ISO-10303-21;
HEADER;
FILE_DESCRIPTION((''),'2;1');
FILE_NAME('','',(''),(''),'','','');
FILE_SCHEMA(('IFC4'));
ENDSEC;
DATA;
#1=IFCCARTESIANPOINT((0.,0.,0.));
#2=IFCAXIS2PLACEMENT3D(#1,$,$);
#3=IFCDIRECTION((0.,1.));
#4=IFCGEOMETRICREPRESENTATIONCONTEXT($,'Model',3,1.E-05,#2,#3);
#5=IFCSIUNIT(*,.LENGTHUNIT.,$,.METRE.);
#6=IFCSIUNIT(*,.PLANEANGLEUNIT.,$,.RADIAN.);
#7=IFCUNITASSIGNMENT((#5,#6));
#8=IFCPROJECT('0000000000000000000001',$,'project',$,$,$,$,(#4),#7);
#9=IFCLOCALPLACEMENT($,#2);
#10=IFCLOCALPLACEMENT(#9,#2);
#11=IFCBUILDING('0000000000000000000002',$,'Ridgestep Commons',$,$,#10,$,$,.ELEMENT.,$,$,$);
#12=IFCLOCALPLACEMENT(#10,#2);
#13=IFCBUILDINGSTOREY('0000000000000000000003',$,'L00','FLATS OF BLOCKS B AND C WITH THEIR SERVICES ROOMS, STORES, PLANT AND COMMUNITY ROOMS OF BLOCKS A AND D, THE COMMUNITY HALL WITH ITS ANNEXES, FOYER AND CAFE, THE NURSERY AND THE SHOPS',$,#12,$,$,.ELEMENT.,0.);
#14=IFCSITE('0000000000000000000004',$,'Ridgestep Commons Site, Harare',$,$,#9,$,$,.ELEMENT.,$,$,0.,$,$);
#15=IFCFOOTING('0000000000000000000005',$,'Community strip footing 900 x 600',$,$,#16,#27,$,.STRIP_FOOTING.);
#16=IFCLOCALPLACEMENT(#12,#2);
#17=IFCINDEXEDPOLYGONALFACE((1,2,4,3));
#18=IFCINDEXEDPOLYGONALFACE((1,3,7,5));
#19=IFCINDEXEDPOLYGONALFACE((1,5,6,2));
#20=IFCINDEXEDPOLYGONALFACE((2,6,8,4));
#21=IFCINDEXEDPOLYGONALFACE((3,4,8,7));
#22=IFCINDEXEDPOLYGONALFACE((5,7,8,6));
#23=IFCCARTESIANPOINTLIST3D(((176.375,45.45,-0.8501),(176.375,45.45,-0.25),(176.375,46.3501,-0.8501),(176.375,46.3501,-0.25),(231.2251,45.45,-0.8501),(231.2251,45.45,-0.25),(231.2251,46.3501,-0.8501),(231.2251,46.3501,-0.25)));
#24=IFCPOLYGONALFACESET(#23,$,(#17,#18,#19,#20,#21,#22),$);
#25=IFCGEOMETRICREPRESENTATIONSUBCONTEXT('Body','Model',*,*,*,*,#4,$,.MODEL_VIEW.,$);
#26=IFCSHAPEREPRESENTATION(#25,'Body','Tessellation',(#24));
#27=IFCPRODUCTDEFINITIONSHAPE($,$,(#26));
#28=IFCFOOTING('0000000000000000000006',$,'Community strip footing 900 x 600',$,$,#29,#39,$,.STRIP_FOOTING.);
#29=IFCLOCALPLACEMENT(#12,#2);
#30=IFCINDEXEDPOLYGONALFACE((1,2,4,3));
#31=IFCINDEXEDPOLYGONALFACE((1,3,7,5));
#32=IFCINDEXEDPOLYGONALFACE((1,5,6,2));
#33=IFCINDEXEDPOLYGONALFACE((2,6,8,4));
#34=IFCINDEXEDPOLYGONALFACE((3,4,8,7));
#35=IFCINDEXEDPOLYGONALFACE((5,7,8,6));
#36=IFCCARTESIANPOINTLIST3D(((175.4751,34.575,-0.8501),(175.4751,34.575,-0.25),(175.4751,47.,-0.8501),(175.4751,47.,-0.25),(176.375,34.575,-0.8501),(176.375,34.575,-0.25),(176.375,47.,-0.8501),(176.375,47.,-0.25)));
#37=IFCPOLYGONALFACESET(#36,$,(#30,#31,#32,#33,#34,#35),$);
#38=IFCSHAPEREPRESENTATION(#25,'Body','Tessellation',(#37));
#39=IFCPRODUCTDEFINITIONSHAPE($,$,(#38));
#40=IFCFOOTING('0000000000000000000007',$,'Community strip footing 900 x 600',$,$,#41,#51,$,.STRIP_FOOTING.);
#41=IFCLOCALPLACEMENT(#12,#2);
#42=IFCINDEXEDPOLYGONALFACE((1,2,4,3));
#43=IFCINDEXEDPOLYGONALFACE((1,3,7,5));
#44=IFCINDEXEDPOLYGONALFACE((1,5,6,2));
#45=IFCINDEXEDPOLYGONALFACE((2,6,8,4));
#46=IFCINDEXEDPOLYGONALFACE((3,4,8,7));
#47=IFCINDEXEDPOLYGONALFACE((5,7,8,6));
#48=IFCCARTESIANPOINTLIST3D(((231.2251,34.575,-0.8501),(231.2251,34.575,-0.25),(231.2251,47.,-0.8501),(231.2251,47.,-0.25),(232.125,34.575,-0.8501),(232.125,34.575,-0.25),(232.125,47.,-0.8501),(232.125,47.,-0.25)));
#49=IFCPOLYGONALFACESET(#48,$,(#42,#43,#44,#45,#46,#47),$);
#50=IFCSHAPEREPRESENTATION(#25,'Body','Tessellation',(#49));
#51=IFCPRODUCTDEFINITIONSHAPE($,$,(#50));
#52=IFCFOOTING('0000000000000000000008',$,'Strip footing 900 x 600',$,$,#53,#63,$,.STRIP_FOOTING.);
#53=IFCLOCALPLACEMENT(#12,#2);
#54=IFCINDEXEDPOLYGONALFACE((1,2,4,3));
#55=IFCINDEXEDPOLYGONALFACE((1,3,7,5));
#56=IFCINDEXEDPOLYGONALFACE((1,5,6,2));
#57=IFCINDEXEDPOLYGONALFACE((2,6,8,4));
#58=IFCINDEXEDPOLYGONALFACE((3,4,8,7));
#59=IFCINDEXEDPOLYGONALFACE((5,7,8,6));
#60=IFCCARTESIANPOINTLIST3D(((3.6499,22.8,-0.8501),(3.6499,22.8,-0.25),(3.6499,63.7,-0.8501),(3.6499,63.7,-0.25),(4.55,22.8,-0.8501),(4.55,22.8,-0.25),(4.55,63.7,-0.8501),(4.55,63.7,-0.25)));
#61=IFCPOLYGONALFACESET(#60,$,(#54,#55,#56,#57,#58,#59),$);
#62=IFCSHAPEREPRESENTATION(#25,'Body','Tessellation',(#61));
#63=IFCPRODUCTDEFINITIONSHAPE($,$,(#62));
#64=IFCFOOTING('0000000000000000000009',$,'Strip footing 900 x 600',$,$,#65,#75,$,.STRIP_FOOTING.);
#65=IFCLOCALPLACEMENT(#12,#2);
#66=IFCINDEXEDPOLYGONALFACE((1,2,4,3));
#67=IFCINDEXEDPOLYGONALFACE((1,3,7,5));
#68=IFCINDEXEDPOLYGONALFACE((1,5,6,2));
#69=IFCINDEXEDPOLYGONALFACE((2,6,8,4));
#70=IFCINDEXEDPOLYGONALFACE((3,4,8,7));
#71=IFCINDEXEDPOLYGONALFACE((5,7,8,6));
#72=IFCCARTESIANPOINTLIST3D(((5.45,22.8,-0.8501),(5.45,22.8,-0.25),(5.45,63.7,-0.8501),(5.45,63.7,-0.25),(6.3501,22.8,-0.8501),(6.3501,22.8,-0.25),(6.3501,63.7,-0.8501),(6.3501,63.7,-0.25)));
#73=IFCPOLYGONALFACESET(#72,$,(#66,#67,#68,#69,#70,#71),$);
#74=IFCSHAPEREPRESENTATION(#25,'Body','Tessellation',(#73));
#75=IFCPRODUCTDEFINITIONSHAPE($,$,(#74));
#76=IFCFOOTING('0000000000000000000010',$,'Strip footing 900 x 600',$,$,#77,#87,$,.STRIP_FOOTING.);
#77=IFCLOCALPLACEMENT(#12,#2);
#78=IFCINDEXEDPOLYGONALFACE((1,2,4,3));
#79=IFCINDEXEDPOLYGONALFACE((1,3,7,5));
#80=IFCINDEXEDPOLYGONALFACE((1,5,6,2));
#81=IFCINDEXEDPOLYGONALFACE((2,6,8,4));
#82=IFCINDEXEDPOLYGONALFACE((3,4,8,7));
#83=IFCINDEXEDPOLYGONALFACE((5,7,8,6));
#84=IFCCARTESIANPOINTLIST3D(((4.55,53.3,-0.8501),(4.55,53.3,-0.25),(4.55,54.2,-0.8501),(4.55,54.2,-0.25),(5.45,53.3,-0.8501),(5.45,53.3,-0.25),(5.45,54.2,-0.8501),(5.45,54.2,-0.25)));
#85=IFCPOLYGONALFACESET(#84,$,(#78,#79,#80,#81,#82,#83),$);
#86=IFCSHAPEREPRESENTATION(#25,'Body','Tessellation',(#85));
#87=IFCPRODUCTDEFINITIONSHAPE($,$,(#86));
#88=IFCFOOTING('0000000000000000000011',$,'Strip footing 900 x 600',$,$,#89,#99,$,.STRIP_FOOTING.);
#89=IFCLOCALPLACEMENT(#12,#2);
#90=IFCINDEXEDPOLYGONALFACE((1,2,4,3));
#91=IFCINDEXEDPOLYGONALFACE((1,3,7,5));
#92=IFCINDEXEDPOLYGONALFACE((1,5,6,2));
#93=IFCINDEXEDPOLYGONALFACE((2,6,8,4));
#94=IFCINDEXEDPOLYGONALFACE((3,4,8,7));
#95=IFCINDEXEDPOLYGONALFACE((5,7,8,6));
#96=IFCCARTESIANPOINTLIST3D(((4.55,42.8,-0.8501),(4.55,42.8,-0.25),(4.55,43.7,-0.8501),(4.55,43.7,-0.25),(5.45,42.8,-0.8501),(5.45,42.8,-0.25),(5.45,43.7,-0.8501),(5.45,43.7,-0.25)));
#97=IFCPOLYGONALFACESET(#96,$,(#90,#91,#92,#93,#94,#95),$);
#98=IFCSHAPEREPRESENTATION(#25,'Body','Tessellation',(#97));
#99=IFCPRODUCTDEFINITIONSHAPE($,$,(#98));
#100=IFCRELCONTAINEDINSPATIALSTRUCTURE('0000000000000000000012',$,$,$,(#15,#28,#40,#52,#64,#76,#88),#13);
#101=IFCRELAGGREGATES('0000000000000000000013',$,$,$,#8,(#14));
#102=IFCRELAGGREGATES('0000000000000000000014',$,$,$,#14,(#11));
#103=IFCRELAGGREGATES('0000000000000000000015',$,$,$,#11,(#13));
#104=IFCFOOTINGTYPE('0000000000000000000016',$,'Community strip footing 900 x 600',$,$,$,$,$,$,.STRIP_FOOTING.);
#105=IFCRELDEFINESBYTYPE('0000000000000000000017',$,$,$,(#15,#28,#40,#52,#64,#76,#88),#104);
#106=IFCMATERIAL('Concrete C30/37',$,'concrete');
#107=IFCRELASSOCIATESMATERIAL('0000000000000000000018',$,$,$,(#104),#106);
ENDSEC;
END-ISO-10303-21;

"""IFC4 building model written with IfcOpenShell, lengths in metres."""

from ifc_helpers import new_model, si_unit, direction, frame, origin, place, context, subcontext, project, spatial, polyline, outline, extrude, material, type_object, element, save


model = new_model("IFC4")

# Units and contexts
model_context = context("Model", 3, precision=1e-05, world=origin(), true_north=direction((0.0, 1.0)))
body_context = subcontext(model_context, "Body", "Model", "MODEL_VIEW")
ifc_project = project(units=[si_unit("LENGTHUNIT", "METRE"), si_unit("PLANEANGLEUNIT", "RADIAN")], contexts=[model_context])

# Site, building, storey
site_placement = place(None, origin())
site = spatial("IfcSite", under=ifc_project, at=site_placement, Name="Ridgestep Commons Site, Harare", CompositionType="ELEMENT", RefElevation=0.0)
building_placement = place(site_placement, origin())
building = spatial("IfcBuilding", under=site, at=building_placement, Name="Ridgestep Commons", CompositionType="ELEMENT")
storey_placement = place(building_placement, origin())
storey = spatial("IfcBuildingStorey", under=building, at=storey_placement, Name="L00", Description="FLATS OF BLOCKS B AND C WITH THEIR SERVICES ROOMS, STORES, PLANT AND COMMUNITY ROOMS OF BLOCKS A AND D, THE COMMUNITY HALL WITH ITS ANNEXES, FOYER AND CAFE, THE NURSERY AND THE SHOPS", CompositionType="ELEMENT", Elevation=0.0)

# Footings
ifc_material_1 = material(Name="Concrete C30/37", Category="concrete")
footing_type_1 = type_object("IfcFootingType", Name="Community strip footing 900 x 600", PredefinedType="STRIP_FOOTING", material=ifc_material_1)
footing_1_placement = place(storey_placement, frame((0.0, 0.0, -0.8501)))
element("IfcFooting", 1, at=footing_1_placement, inside=storey, type_object=footing_type_1, Name="Community strip footing 900 x 600", PredefinedType="STRIP_FOOTING", context=body_context, shape_type="SweptSolid", body=[
    extrude(outline(polyline([(176.375, 45.45), (231.2251, 45.45), (231.2251, 46.3501), (176.375, 46.3501), (176.375, 45.45)])), origin(), (0.0, 0.0, 1.0), 0.6001),
])
footing_2_placement = place(storey_placement, frame((0.0, 0.0, -0.8501)))
element("IfcFooting", 2, at=footing_2_placement, inside=storey, type_object=footing_type_1, Name="Community strip footing 900 x 600", PredefinedType="STRIP_FOOTING", context=body_context, shape_type="SweptSolid", body=[
    extrude(outline(polyline([(175.4751, 34.575), (176.375, 34.575), (176.375, 47.0), (175.4751, 47.0), (175.4751, 34.575)])), origin(), (0.0, 0.0, 1.0), 0.6001),
])
footing_3_placement = place(storey_placement, frame((0.0, 0.0, -0.8501)))
element("IfcFooting", 3, at=footing_3_placement, inside=storey, type_object=footing_type_1, Name="Community strip footing 900 x 600", PredefinedType="STRIP_FOOTING", context=body_context, shape_type="SweptSolid", body=[
    extrude(outline(polyline([(231.2251, 34.575), (232.125, 34.575), (232.125, 47.0), (231.2251, 47.0), (231.2251, 34.575)])), origin(), (0.0, 0.0, 1.0), 0.6001),
])
footing_4_placement = place(storey_placement, frame((0.0, 0.0, -0.8501)))
element("IfcFooting", 4, at=footing_4_placement, inside=storey, type_object=footing_type_1, Name="Strip footing 900 x 600", PredefinedType="STRIP_FOOTING", context=body_context, shape_type="SweptSolid", body=[
    extrude(outline(polyline([(3.6499, 22.8), (4.55, 22.8), (4.55, 63.7), (3.6499, 63.7), (3.6499, 22.8)])), origin(), (0.0, 0.0, 1.0), 0.6001),
])
footing_5_placement = place(storey_placement, frame((0.0, 0.0, -0.8501)))
element("IfcFooting", 5, at=footing_5_placement, inside=storey, type_object=footing_type_1, Name="Strip footing 900 x 600", PredefinedType="STRIP_FOOTING", context=body_context, shape_type="SweptSolid", body=[
    extrude(outline(polyline([(5.45, 22.8), (6.3501, 22.8), (6.3501, 63.7), (5.45, 63.7), (5.45, 22.8)])), origin(), (0.0, 0.0, 1.0), 0.6001),
])
footing_6_placement = place(storey_placement, frame((0.0, 0.0, -0.8501)))
element("IfcFooting", 6, at=footing_6_placement, inside=storey, type_object=footing_type_1, Name="Strip footing 900 x 600", PredefinedType="STRIP_FOOTING", context=body_context, shape_type="SweptSolid", body=[
    extrude(outline(polyline([(4.55, 53.3), (5.45, 53.3), (5.45, 54.2), (4.55, 54.2), (4.55, 53.3)])), origin(), (0.0, 0.0, 1.0), 0.6001),
])
footing_7_placement = place(storey_placement, frame((0.0, 0.0, -0.8501)))
element("IfcFooting", 7, at=footing_7_placement, inside=storey, type_object=footing_type_1, Name="Strip footing 900 x 600", PredefinedType="STRIP_FOOTING", context=body_context, shape_type="SweptSolid", body=[
    extrude(outline(polyline([(4.55, 42.8), (5.45, 42.8), (5.45, 43.7), (4.55, 43.7), (4.55, 42.8)])), origin(), (0.0, 0.0, 1.0), 0.6001),
])

save(model, "model.ifc")
